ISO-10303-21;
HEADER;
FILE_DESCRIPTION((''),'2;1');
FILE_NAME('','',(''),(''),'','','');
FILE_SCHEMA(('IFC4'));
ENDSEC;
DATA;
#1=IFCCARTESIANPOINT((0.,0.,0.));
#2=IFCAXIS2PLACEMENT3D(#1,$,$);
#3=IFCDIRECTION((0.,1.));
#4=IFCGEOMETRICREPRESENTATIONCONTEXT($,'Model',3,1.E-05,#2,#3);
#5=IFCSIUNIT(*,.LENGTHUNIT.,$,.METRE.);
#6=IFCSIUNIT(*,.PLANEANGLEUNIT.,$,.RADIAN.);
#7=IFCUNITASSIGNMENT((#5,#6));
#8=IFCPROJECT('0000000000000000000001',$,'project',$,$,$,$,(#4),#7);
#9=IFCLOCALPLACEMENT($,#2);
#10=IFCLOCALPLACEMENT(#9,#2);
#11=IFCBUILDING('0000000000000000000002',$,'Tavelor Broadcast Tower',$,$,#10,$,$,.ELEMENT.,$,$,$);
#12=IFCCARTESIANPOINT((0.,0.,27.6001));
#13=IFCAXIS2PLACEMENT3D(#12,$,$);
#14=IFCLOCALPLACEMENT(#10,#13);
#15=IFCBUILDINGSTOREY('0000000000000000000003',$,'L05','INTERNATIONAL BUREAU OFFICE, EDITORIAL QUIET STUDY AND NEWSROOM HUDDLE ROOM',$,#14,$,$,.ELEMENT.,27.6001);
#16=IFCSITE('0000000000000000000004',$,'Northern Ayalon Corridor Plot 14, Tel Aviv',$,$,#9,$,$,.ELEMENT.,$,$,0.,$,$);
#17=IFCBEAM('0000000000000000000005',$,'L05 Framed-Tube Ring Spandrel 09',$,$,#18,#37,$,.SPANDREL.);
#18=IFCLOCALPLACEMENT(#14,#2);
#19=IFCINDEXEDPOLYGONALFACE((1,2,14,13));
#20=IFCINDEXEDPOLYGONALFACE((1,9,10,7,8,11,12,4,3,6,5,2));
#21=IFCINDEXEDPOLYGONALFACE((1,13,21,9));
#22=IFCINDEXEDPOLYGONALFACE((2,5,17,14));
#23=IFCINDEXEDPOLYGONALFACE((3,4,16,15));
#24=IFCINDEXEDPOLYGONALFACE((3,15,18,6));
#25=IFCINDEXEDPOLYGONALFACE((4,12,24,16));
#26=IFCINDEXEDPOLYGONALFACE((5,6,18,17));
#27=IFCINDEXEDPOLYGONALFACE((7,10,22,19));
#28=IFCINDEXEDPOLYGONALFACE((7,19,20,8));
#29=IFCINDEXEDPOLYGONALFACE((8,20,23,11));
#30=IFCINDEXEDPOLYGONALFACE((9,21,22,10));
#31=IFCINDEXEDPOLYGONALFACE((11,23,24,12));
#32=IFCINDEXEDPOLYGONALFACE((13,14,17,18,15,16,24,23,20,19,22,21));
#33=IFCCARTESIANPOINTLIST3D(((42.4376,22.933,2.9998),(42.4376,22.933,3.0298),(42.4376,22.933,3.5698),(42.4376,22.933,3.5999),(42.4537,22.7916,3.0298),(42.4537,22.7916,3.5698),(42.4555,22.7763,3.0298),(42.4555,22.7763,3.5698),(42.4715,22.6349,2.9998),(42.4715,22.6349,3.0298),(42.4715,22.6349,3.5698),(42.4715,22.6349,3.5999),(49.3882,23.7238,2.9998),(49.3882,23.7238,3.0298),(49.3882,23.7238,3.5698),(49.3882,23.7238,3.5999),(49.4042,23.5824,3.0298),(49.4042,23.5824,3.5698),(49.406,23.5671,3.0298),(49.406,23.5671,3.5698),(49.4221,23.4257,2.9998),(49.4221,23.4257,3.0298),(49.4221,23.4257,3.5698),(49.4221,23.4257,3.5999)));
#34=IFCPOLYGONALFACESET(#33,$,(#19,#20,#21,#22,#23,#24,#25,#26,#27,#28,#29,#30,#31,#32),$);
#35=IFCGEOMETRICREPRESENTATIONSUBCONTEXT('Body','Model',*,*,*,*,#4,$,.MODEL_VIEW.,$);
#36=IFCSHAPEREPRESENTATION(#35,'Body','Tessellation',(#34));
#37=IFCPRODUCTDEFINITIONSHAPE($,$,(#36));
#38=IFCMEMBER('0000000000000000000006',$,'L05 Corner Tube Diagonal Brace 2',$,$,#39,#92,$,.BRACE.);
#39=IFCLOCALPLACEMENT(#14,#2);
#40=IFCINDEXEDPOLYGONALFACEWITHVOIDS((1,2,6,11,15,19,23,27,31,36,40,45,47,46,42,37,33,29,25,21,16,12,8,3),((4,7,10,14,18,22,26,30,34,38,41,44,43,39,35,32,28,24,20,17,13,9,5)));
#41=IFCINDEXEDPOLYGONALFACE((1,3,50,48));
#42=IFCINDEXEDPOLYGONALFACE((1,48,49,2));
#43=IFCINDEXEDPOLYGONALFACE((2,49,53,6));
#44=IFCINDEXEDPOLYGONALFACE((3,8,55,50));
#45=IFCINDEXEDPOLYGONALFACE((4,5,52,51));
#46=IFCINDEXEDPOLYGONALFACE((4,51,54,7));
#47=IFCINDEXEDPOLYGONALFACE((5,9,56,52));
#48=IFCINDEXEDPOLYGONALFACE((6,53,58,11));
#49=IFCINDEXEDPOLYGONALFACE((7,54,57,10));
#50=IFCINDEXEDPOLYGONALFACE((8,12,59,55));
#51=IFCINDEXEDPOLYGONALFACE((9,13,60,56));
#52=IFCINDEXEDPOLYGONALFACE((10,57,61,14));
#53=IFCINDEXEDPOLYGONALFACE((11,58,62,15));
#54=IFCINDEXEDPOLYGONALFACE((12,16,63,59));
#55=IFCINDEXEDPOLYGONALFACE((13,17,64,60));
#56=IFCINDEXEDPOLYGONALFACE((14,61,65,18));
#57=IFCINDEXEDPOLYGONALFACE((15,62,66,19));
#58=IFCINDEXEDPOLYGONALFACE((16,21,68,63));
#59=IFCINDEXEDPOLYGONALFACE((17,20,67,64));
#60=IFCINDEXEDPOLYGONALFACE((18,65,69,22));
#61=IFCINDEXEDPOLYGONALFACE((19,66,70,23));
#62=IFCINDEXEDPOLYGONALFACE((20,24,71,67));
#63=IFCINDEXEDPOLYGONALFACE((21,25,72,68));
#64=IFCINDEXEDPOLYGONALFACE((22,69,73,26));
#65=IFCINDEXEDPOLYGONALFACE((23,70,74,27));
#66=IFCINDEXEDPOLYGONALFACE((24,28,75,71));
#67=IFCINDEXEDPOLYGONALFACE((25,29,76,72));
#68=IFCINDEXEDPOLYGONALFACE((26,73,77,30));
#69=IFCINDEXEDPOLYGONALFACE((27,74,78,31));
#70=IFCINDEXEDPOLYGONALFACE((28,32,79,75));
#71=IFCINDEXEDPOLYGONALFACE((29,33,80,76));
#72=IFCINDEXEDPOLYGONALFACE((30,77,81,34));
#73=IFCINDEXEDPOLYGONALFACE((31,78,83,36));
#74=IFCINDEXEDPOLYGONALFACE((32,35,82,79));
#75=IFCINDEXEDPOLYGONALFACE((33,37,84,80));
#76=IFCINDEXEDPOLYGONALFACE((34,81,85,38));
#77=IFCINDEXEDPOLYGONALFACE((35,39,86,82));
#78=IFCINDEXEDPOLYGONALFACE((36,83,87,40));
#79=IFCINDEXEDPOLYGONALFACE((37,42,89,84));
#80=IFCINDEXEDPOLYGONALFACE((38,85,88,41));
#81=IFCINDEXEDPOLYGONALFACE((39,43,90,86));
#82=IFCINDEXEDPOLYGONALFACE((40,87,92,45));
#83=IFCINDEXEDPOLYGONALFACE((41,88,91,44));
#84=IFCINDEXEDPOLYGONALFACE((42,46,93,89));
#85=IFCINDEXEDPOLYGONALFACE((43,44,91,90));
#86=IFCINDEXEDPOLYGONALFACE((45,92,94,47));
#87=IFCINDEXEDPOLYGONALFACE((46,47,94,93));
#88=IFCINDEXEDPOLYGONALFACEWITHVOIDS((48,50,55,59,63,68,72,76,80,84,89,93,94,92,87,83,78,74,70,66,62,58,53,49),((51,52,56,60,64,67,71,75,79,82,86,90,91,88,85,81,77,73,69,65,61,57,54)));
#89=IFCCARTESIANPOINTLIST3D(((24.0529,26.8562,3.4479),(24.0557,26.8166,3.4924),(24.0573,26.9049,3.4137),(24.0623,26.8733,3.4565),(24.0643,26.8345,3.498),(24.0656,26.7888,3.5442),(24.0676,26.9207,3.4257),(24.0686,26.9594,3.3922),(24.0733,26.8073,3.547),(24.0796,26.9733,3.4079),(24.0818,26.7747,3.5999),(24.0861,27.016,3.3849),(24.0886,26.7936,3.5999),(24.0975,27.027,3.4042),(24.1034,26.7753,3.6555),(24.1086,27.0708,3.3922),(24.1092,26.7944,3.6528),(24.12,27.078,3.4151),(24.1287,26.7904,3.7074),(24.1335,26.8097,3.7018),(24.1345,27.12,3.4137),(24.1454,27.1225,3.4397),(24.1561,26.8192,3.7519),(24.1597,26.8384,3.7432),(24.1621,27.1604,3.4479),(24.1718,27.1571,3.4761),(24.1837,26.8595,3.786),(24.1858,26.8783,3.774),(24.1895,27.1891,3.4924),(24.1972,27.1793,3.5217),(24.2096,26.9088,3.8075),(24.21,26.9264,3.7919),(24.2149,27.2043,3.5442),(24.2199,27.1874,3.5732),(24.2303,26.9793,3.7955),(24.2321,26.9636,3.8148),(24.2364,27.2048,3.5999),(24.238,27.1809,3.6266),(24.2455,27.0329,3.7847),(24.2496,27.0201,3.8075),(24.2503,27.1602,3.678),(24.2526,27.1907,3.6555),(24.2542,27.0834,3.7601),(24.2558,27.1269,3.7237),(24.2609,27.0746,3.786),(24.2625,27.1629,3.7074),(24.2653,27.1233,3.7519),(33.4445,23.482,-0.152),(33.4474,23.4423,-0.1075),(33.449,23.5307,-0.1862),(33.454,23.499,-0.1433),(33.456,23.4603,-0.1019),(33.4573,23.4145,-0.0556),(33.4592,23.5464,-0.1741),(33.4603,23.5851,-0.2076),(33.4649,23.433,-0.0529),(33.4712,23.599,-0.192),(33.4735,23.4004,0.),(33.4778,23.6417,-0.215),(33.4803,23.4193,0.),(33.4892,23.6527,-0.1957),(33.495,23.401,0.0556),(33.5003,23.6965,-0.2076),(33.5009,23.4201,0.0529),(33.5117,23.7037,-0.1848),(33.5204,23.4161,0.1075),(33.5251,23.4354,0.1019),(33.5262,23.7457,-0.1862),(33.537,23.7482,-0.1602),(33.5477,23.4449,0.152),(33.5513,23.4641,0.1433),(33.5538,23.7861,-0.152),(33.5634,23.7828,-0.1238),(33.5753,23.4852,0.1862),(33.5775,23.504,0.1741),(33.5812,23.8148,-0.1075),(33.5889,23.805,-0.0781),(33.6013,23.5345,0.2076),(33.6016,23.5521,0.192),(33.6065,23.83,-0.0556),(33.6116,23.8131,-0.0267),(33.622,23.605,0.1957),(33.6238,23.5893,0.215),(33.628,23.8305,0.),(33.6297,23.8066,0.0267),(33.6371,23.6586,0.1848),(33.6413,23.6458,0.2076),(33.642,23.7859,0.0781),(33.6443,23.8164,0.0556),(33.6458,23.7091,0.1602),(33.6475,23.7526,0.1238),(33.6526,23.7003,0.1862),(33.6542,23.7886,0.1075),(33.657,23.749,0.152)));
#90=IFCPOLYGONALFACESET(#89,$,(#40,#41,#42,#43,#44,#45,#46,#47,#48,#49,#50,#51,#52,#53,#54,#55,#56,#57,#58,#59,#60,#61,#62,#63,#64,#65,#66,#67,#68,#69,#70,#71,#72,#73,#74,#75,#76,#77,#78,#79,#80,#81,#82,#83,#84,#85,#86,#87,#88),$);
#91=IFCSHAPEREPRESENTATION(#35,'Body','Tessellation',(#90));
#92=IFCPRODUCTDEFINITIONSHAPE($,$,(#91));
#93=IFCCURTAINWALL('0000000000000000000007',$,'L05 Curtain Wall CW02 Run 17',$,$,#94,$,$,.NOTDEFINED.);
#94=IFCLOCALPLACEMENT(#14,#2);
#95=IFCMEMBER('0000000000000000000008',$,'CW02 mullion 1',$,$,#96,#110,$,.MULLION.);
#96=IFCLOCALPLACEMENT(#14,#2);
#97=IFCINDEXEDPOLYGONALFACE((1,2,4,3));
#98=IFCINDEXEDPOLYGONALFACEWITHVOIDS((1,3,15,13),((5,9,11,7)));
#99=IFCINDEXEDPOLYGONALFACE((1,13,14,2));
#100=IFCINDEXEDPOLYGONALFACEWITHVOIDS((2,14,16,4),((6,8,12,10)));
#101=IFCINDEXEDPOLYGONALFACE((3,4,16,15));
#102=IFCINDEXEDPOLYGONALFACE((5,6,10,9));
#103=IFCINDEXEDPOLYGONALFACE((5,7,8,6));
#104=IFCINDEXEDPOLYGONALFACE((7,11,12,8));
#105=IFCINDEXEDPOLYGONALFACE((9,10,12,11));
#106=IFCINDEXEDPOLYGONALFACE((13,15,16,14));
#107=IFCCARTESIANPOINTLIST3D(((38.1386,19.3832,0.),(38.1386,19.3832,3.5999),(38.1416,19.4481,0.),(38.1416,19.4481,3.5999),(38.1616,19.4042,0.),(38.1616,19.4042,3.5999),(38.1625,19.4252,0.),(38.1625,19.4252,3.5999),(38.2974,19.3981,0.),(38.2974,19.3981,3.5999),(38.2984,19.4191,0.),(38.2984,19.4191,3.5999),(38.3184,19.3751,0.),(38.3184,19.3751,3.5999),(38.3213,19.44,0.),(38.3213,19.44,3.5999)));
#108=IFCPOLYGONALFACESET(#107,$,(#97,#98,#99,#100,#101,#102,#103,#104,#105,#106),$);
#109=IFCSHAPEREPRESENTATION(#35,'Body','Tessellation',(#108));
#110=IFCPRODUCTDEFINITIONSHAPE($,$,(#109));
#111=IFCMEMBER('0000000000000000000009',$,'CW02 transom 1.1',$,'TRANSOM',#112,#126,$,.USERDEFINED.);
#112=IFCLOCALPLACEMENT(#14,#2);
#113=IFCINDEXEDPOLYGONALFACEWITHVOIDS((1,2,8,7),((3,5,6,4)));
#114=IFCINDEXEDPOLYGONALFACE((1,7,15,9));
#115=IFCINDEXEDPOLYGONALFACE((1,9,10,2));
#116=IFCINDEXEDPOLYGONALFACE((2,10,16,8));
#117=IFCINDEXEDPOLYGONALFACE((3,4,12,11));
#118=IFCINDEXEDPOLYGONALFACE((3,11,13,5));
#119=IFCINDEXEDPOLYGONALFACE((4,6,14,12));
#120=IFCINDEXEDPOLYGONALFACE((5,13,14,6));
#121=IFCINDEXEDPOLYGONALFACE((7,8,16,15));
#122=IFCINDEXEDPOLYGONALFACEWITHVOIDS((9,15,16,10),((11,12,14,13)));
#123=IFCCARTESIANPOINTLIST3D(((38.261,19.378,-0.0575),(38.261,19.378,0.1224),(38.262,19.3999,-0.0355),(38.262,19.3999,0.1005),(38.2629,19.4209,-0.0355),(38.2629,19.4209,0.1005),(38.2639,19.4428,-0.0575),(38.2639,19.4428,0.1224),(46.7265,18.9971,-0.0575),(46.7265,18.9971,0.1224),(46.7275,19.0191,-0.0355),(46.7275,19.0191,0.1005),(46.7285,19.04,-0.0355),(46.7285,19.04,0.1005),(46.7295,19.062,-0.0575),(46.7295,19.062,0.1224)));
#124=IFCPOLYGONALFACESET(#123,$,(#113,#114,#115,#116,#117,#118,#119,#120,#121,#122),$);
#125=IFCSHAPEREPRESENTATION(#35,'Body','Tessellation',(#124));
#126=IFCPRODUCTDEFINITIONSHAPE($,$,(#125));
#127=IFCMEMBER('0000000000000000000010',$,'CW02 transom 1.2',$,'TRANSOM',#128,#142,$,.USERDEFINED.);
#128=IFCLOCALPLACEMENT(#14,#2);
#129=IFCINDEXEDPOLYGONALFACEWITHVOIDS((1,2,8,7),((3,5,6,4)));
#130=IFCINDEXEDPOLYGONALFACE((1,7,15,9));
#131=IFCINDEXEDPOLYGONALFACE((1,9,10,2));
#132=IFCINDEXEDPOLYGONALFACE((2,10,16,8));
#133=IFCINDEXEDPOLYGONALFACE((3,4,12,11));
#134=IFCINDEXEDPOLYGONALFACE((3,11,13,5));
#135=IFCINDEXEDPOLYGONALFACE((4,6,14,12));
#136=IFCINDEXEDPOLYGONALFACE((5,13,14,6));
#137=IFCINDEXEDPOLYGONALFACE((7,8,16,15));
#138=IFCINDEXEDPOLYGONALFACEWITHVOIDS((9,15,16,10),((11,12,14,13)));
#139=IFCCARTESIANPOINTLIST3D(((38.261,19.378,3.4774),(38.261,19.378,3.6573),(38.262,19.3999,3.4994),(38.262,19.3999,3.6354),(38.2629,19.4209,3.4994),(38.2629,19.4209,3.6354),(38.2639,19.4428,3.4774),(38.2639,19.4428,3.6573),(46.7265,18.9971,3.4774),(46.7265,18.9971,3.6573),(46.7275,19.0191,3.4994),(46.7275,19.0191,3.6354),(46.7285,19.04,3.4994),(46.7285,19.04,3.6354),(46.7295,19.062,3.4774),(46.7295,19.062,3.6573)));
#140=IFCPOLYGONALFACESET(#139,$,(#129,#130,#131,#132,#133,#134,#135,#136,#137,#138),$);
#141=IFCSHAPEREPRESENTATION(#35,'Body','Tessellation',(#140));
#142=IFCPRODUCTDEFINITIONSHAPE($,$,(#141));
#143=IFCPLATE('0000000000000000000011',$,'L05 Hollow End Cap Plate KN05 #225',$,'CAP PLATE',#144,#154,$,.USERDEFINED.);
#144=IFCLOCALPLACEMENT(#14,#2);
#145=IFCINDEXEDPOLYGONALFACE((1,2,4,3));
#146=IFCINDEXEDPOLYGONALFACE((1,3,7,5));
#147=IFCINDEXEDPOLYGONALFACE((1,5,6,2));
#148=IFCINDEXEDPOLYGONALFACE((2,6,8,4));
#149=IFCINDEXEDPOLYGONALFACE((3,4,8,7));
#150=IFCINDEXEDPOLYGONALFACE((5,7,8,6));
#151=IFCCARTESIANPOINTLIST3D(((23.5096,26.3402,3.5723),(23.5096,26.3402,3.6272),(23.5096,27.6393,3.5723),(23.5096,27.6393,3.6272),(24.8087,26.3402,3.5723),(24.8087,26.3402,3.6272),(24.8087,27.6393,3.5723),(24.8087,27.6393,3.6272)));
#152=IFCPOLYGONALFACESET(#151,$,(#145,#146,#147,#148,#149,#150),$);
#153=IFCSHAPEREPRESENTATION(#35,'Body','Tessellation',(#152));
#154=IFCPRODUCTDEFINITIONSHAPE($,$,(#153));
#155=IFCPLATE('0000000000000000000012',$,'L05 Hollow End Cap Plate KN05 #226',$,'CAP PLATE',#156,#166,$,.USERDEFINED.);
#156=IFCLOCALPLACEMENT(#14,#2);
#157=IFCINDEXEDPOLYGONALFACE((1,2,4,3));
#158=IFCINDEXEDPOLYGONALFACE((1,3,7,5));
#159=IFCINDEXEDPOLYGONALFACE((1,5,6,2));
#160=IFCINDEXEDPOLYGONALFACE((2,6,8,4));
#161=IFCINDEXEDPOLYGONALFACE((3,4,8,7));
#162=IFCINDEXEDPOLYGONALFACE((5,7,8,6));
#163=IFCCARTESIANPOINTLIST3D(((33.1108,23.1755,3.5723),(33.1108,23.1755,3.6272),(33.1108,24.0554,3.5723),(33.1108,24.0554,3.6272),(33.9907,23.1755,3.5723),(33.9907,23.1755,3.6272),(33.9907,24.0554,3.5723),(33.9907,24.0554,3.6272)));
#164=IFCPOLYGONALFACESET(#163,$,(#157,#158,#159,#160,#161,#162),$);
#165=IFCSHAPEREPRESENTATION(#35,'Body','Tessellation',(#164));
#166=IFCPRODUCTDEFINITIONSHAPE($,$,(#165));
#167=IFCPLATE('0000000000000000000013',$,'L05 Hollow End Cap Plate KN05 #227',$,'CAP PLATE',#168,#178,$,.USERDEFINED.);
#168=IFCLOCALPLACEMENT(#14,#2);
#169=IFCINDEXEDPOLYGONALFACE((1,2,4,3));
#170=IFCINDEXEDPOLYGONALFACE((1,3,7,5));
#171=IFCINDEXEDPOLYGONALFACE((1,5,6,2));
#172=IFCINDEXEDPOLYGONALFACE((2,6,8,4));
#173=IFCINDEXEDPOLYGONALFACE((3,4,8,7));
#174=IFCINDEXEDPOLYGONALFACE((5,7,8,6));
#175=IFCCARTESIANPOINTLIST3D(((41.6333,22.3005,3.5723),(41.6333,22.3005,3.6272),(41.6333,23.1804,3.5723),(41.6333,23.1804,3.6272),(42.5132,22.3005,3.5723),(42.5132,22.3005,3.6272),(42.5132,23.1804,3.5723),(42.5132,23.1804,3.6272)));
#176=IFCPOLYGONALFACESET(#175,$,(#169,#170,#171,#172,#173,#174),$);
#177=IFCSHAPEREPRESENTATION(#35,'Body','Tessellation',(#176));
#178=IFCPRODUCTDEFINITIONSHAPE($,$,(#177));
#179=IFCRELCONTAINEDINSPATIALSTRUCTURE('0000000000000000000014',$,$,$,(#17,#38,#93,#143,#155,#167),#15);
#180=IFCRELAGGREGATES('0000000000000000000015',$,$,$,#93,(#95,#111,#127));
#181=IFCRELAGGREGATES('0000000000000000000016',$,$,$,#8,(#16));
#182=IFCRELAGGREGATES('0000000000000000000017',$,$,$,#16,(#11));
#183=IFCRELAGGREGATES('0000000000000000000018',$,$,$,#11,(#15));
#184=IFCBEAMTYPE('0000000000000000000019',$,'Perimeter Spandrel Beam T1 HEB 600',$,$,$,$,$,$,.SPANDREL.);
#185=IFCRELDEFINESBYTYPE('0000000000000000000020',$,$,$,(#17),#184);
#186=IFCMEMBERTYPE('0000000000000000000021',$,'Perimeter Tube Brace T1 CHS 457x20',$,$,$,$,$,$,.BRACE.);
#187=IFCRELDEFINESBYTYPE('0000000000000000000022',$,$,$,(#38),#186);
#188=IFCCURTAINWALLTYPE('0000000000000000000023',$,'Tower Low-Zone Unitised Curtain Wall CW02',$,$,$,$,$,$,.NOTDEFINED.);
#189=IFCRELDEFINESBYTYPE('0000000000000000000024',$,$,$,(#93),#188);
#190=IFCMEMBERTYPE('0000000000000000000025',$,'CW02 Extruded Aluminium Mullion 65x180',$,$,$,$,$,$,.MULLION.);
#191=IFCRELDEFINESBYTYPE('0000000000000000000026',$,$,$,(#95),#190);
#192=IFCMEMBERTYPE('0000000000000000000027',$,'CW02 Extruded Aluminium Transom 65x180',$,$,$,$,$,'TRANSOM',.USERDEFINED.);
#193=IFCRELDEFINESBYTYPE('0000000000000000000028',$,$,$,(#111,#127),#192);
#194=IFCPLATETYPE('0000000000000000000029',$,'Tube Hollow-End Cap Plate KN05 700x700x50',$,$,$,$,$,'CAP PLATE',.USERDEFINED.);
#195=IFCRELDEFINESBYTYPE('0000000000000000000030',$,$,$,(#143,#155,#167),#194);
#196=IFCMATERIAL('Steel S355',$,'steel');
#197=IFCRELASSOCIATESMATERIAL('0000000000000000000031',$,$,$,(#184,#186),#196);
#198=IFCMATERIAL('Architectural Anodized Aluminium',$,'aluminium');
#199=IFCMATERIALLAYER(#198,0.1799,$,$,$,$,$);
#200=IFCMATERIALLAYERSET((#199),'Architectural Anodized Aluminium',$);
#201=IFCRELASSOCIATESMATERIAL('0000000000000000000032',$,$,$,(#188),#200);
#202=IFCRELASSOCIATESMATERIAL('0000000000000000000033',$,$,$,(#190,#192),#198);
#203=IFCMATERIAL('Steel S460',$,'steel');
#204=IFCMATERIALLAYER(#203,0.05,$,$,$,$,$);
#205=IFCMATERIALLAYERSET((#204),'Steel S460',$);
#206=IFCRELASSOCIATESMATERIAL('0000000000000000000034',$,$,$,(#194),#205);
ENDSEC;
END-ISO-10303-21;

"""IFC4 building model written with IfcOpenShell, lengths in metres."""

from ifc_helpers import new_model, si_unit, direction, frame, origin, origin_2d, place, context, subcontext, project, spatial, rectangle, hollow_rectangle, hollow_circle, i_section, extrude, source, transform, mapped, material, layer, layer_set, material_profile, profile_set, type_object, type_shapes, element, aggregate, save


model = new_model("IFC4")

# Units and contexts
model_context = context("Model", 3, precision=1e-05, world=origin(), true_north=direction((0.0, 1.0)))
body_context = subcontext(model_context, "Body", "Model", "MODEL_VIEW")
ifc_project = project(units=[si_unit("LENGTHUNIT", "METRE"), si_unit("PLANEANGLEUNIT", "RADIAN")], contexts=[model_context])

# Site, building, storey
site_placement = place(None, origin())
site = spatial("IfcSite", under=ifc_project, at=site_placement, Name="Northern Ayalon Corridor Plot 14, Tel Aviv", CompositionType="ELEMENT", RefElevation=0.0)
building_placement = place(site_placement, origin())
building = spatial("IfcBuilding", under=site, at=building_placement, Name="Tavelor Broadcast Tower", CompositionType="ELEMENT")
storey_placement = place(building_placement, frame((0.0, 0.0, 27.6001)))
storey = spatial("IfcBuildingStorey", under=building, at=storey_placement, Name="L05", Description="INTERNATIONAL BUREAU OFFICE, EDITORIAL QUIET STUDY AND NEWSROOM HUDDLE ROOM", CompositionType="ELEMENT", Elevation=27.6001)

# Shared definitions
ifc_material_1 = material(Name="Steel S460", Category="steel")

# Beam
ifc_material_2 = material(Name="Steel S355", Category="steel")
ifc_material_profile_1 = material_profile(ifc_material_2, i_section(OverallWidth=0.3, OverallDepth=0.6001, WebThickness=0.0154, FlangeThickness=0.03, at=origin_2d()), Name="HEB 600")
ifc_profile_set_1 = profile_set([ifc_material_profile_1], Name="Steel S355")
beam_type_1 = type_object("IfcBeamType", Name="Perimeter Spandrel Beam T1 HEB 600", PredefinedType="SPANDREL", material=ifc_profile_set_1)
beam_1_placement = place(storey_placement, frame((42.4546, 22.7839, 3.2998), z_axis=(0.99359, 0.113044, 0.0), x_axis=(-0.113044, 0.99359, 0.0)))
element("IfcBeam", 1, at=beam_1_placement, inside=storey, type_object=beam_type_1, Name="L05 Framed-Tube Ring Spandrel 09", PredefinedType="SPANDREL", context=body_context, shape_type="SweptSolid", body=[
    extrude(i_section(OverallWidth=0.3, OverallDepth=0.6001, WebThickness=0.0154, FlangeThickness=0.03, at=origin_2d()), origin(), (0.0, 0.0, 1.0), 6.9954),
])

# Member
ifc_material_profile_2 = material_profile(ifc_material_2, hollow_circle(Radius=0.2285, WallThickness=0.02, at=origin_2d()), Name="CHS 457x20")
ifc_profile_set_2 = profile_set([ifc_material_profile_2], Name="Steel S355")
member_type_1 = type_object("IfcMemberType", Name="Perimeter Tube Brace T1 CHS 457x20", PredefinedType="BRACE", material=ifc_profile_set_2)
member_1_placement = place(storey_placement, frame((33.5508, 23.6155, 0.0), z_axis=(-0.885265, 0.318063, 0.339327), x_axis=(-0.338124, -0.941101, 0.0)))
element("IfcMember", 2, at=member_1_placement, inside=storey, type_object=member_type_1, Name="L05 Corner Tube Diagonal Brace 2", PredefinedType="BRACE", context=body_context, shape_type="SweptSolid", body=[
    extrude(hollow_circle(Radius=0.2285, WallThickness=0.02, at=origin_2d()), origin(), (0.0, 0.0, 1.0), 10.6089),
])

# Curtain wall, members
ifc_material_3 = material(Name="Architectural Anodized Aluminium", Category="aluminium")
ifc_layer_1 = layer(ifc_material_3, 0.1799)
ifc_layer_set_1 = layer_set([ifc_layer_1], Name="Architectural Anodized Aluminium")
curtain_wall_type = type_object("IfcCurtainWallType", Name="Tower Low-Zone Unitised Curtain Wall CW02", PredefinedType="NOTDEFINED", material=ifc_layer_set_1)
curtain_wall_placement = place(storey_placement, origin())
curtain_wall = element("IfcCurtainWall", 3, at=curtain_wall_placement, inside=storey, type_object=curtain_wall_type, Name="L05 Curtain Wall CW02 Run 17", PredefinedType="NOTDEFINED")
ifc_material_profile_3 = material_profile(ifc_material_3, hollow_rectangle(XDim=0.0649, YDim=0.1799, WallThickness=0.022, at=origin_2d()), Name="RHS 65x180x22")
ifc_profile_set_3 = profile_set([ifc_material_profile_3], Name="Architectural Anodized Aluminium")
member_type_2 = type_object("IfcMemberType", Name="CW02 Extruded Aluminium Mullion 65x180", PredefinedType="MULLION", material=ifc_profile_set_3)
shared_shape_1 = source(origin(), body_context, "Body", "SweptSolid", [
    extrude(hollow_rectangle(XDim=0.0649, YDim=0.1799, WallThickness=0.022, at=origin_2d()), origin(), (0.0, 0.0, 1.0), 3.5999),
])
type_shapes(member_type_2, [shared_shape_1])
member_2_placement = place(storey_placement, frame((38.23, 19.4116, 0.0), z_axis=(0.0, 0.0, 1.0), x_axis=(0.044932, 0.99899, 0.0)))
member_2 = element("IfcMember", 4, at=member_2_placement, type_object=member_type_2, Name="CW02 mullion 1", PredefinedType="MULLION", context=body_context, shape_type="MappedRepresentation", body=[
    mapped(shared_shape_1, transform((0.0, 0.0, 0.0), scale=1.0)),
])
ifc_material_profile_4 = material_profile(ifc_material_3, hollow_rectangle(XDim=0.0649, YDim=0.1799, WallThickness=0.022, at=origin_2d()), Name="RHS 65x180x22")
ifc_profile_set_4 = profile_set([ifc_material_profile_4], Name="Architectural Anodized Aluminium")
member_type_3 = type_object("IfcMemberType", Name="CW02 Extruded Aluminium Transom 65x180", ElementType="TRANSOM", PredefinedType="USERDEFINED", material=ifc_profile_set_4)
shared_shape_2 = source(origin(), body_context, "Body", "SweptSolid", [
    extrude(hollow_rectangle(XDim=0.0649, YDim=0.1799, WallThickness=0.022, at=origin_2d()), origin(), (0.0, 0.0, 1.0), 8.4741),
])
type_shapes(member_type_3, [shared_shape_2])
member_3_placement = place(storey_placement, frame((38.2625, 19.4104, 0.0325), z_axis=(0.99899, -0.044944, 0.0), x_axis=(0.044944, 0.99899, 0.0)))
member_3 = element("IfcMember", 5, at=member_3_placement, type_object=member_type_3, Name="CW02 transom 1.1", ObjectType="TRANSOM", PredefinedType="USERDEFINED", context=body_context, shape_type="MappedRepresentation", body=[
    mapped(shared_shape_2, transform((0.0, 0.0, 0.0), scale=1.0)),
])
member_4_placement = place(storey_placement, frame((38.2625, 19.4104, 3.5674), z_axis=(0.99899, -0.044944, 0.0), x_axis=(0.044944, 0.99899, 0.0)))
member_4 = element("IfcMember", 6, at=member_4_placement, type_object=member_type_3, Name="CW02 transom 1.2", ObjectType="TRANSOM", PredefinedType="USERDEFINED", context=body_context, shape_type="MappedRepresentation", body=[
    mapped(shared_shape_2, transform((0.0, 0.0, 0.0), scale=1.0)),
])

# Plates
ifc_layer_2 = layer(ifc_material_1, 0.05)
ifc_layer_set_2 = layer_set([ifc_layer_2], Name="Steel S460")
plate_type_1 = type_object("IfcPlateType", Name="Tube Hollow-End Cap Plate KN05 700x700x50", ElementType="CAP PLATE", PredefinedType="USERDEFINED", material=ifc_layer_set_2)
shared_shape_3 = source(origin(), body_context, "Body", "SweptSolid", [
    extrude(rectangle(XDim=1.2991, YDim=1.2991, at=origin_2d()), origin(), (0.0, 0.0, 1.0), 0.0549),
])
plate_1_placement = place(storey_placement, frame((24.1592, 26.9897, 3.5723), z_axis=(0.0, 0.0, 1.0), x_axis=(1.0, 0.0, 0.0)))
element("IfcPlate", 7, at=plate_1_placement, inside=storey, type_object=plate_type_1, Name="L05 Hollow End Cap Plate KN05 #225", ObjectType="CAP PLATE", PredefinedType="USERDEFINED", context=body_context, shape_type="MappedRepresentation", body=[
    mapped(shared_shape_3, transform((0.0, 0.0, 0.0), scale=1.0)),
])
shared_shape_4 = source(origin(), body_context, "Body", "SweptSolid", [
    extrude(rectangle(XDim=0.8799, YDim=0.8799, at=origin_2d()), origin(), (0.0, 0.0, 1.0), 0.0549),
])
type_shapes(plate_type_1, [shared_shape_3, shared_shape_4])
for number, where, z_axis, x_axis, name in (
    (8, (33.5508, 23.6155, 3.5723), (0.0, 0.0, 1.0), (1.0, 0.0, 0.0), "L05 Hollow End Cap Plate KN05 #226"),
    (9, (42.0732, 22.7405, 3.5723), (0.0, 0.0, 1.0), (1.0, 0.0, 0.0), "L05 Hollow End Cap Plate KN05 #227"),
):
    element("IfcPlate", number, at=place(storey_placement, frame(where, z_axis=z_axis, x_axis=x_axis)), inside=storey, type_object=plate_type_1, Name=name, ObjectType="CAP PLATE", PredefinedType="USERDEFINED", context=body_context, shape_type="MappedRepresentation", body=[
        mapped(shared_shape_4, transform((0.0, 0.0, 0.0), scale=1.0)),
    ])

aggregate(curtain_wall, [member_2, member_3, member_4])

save(model, "model.ifc")
